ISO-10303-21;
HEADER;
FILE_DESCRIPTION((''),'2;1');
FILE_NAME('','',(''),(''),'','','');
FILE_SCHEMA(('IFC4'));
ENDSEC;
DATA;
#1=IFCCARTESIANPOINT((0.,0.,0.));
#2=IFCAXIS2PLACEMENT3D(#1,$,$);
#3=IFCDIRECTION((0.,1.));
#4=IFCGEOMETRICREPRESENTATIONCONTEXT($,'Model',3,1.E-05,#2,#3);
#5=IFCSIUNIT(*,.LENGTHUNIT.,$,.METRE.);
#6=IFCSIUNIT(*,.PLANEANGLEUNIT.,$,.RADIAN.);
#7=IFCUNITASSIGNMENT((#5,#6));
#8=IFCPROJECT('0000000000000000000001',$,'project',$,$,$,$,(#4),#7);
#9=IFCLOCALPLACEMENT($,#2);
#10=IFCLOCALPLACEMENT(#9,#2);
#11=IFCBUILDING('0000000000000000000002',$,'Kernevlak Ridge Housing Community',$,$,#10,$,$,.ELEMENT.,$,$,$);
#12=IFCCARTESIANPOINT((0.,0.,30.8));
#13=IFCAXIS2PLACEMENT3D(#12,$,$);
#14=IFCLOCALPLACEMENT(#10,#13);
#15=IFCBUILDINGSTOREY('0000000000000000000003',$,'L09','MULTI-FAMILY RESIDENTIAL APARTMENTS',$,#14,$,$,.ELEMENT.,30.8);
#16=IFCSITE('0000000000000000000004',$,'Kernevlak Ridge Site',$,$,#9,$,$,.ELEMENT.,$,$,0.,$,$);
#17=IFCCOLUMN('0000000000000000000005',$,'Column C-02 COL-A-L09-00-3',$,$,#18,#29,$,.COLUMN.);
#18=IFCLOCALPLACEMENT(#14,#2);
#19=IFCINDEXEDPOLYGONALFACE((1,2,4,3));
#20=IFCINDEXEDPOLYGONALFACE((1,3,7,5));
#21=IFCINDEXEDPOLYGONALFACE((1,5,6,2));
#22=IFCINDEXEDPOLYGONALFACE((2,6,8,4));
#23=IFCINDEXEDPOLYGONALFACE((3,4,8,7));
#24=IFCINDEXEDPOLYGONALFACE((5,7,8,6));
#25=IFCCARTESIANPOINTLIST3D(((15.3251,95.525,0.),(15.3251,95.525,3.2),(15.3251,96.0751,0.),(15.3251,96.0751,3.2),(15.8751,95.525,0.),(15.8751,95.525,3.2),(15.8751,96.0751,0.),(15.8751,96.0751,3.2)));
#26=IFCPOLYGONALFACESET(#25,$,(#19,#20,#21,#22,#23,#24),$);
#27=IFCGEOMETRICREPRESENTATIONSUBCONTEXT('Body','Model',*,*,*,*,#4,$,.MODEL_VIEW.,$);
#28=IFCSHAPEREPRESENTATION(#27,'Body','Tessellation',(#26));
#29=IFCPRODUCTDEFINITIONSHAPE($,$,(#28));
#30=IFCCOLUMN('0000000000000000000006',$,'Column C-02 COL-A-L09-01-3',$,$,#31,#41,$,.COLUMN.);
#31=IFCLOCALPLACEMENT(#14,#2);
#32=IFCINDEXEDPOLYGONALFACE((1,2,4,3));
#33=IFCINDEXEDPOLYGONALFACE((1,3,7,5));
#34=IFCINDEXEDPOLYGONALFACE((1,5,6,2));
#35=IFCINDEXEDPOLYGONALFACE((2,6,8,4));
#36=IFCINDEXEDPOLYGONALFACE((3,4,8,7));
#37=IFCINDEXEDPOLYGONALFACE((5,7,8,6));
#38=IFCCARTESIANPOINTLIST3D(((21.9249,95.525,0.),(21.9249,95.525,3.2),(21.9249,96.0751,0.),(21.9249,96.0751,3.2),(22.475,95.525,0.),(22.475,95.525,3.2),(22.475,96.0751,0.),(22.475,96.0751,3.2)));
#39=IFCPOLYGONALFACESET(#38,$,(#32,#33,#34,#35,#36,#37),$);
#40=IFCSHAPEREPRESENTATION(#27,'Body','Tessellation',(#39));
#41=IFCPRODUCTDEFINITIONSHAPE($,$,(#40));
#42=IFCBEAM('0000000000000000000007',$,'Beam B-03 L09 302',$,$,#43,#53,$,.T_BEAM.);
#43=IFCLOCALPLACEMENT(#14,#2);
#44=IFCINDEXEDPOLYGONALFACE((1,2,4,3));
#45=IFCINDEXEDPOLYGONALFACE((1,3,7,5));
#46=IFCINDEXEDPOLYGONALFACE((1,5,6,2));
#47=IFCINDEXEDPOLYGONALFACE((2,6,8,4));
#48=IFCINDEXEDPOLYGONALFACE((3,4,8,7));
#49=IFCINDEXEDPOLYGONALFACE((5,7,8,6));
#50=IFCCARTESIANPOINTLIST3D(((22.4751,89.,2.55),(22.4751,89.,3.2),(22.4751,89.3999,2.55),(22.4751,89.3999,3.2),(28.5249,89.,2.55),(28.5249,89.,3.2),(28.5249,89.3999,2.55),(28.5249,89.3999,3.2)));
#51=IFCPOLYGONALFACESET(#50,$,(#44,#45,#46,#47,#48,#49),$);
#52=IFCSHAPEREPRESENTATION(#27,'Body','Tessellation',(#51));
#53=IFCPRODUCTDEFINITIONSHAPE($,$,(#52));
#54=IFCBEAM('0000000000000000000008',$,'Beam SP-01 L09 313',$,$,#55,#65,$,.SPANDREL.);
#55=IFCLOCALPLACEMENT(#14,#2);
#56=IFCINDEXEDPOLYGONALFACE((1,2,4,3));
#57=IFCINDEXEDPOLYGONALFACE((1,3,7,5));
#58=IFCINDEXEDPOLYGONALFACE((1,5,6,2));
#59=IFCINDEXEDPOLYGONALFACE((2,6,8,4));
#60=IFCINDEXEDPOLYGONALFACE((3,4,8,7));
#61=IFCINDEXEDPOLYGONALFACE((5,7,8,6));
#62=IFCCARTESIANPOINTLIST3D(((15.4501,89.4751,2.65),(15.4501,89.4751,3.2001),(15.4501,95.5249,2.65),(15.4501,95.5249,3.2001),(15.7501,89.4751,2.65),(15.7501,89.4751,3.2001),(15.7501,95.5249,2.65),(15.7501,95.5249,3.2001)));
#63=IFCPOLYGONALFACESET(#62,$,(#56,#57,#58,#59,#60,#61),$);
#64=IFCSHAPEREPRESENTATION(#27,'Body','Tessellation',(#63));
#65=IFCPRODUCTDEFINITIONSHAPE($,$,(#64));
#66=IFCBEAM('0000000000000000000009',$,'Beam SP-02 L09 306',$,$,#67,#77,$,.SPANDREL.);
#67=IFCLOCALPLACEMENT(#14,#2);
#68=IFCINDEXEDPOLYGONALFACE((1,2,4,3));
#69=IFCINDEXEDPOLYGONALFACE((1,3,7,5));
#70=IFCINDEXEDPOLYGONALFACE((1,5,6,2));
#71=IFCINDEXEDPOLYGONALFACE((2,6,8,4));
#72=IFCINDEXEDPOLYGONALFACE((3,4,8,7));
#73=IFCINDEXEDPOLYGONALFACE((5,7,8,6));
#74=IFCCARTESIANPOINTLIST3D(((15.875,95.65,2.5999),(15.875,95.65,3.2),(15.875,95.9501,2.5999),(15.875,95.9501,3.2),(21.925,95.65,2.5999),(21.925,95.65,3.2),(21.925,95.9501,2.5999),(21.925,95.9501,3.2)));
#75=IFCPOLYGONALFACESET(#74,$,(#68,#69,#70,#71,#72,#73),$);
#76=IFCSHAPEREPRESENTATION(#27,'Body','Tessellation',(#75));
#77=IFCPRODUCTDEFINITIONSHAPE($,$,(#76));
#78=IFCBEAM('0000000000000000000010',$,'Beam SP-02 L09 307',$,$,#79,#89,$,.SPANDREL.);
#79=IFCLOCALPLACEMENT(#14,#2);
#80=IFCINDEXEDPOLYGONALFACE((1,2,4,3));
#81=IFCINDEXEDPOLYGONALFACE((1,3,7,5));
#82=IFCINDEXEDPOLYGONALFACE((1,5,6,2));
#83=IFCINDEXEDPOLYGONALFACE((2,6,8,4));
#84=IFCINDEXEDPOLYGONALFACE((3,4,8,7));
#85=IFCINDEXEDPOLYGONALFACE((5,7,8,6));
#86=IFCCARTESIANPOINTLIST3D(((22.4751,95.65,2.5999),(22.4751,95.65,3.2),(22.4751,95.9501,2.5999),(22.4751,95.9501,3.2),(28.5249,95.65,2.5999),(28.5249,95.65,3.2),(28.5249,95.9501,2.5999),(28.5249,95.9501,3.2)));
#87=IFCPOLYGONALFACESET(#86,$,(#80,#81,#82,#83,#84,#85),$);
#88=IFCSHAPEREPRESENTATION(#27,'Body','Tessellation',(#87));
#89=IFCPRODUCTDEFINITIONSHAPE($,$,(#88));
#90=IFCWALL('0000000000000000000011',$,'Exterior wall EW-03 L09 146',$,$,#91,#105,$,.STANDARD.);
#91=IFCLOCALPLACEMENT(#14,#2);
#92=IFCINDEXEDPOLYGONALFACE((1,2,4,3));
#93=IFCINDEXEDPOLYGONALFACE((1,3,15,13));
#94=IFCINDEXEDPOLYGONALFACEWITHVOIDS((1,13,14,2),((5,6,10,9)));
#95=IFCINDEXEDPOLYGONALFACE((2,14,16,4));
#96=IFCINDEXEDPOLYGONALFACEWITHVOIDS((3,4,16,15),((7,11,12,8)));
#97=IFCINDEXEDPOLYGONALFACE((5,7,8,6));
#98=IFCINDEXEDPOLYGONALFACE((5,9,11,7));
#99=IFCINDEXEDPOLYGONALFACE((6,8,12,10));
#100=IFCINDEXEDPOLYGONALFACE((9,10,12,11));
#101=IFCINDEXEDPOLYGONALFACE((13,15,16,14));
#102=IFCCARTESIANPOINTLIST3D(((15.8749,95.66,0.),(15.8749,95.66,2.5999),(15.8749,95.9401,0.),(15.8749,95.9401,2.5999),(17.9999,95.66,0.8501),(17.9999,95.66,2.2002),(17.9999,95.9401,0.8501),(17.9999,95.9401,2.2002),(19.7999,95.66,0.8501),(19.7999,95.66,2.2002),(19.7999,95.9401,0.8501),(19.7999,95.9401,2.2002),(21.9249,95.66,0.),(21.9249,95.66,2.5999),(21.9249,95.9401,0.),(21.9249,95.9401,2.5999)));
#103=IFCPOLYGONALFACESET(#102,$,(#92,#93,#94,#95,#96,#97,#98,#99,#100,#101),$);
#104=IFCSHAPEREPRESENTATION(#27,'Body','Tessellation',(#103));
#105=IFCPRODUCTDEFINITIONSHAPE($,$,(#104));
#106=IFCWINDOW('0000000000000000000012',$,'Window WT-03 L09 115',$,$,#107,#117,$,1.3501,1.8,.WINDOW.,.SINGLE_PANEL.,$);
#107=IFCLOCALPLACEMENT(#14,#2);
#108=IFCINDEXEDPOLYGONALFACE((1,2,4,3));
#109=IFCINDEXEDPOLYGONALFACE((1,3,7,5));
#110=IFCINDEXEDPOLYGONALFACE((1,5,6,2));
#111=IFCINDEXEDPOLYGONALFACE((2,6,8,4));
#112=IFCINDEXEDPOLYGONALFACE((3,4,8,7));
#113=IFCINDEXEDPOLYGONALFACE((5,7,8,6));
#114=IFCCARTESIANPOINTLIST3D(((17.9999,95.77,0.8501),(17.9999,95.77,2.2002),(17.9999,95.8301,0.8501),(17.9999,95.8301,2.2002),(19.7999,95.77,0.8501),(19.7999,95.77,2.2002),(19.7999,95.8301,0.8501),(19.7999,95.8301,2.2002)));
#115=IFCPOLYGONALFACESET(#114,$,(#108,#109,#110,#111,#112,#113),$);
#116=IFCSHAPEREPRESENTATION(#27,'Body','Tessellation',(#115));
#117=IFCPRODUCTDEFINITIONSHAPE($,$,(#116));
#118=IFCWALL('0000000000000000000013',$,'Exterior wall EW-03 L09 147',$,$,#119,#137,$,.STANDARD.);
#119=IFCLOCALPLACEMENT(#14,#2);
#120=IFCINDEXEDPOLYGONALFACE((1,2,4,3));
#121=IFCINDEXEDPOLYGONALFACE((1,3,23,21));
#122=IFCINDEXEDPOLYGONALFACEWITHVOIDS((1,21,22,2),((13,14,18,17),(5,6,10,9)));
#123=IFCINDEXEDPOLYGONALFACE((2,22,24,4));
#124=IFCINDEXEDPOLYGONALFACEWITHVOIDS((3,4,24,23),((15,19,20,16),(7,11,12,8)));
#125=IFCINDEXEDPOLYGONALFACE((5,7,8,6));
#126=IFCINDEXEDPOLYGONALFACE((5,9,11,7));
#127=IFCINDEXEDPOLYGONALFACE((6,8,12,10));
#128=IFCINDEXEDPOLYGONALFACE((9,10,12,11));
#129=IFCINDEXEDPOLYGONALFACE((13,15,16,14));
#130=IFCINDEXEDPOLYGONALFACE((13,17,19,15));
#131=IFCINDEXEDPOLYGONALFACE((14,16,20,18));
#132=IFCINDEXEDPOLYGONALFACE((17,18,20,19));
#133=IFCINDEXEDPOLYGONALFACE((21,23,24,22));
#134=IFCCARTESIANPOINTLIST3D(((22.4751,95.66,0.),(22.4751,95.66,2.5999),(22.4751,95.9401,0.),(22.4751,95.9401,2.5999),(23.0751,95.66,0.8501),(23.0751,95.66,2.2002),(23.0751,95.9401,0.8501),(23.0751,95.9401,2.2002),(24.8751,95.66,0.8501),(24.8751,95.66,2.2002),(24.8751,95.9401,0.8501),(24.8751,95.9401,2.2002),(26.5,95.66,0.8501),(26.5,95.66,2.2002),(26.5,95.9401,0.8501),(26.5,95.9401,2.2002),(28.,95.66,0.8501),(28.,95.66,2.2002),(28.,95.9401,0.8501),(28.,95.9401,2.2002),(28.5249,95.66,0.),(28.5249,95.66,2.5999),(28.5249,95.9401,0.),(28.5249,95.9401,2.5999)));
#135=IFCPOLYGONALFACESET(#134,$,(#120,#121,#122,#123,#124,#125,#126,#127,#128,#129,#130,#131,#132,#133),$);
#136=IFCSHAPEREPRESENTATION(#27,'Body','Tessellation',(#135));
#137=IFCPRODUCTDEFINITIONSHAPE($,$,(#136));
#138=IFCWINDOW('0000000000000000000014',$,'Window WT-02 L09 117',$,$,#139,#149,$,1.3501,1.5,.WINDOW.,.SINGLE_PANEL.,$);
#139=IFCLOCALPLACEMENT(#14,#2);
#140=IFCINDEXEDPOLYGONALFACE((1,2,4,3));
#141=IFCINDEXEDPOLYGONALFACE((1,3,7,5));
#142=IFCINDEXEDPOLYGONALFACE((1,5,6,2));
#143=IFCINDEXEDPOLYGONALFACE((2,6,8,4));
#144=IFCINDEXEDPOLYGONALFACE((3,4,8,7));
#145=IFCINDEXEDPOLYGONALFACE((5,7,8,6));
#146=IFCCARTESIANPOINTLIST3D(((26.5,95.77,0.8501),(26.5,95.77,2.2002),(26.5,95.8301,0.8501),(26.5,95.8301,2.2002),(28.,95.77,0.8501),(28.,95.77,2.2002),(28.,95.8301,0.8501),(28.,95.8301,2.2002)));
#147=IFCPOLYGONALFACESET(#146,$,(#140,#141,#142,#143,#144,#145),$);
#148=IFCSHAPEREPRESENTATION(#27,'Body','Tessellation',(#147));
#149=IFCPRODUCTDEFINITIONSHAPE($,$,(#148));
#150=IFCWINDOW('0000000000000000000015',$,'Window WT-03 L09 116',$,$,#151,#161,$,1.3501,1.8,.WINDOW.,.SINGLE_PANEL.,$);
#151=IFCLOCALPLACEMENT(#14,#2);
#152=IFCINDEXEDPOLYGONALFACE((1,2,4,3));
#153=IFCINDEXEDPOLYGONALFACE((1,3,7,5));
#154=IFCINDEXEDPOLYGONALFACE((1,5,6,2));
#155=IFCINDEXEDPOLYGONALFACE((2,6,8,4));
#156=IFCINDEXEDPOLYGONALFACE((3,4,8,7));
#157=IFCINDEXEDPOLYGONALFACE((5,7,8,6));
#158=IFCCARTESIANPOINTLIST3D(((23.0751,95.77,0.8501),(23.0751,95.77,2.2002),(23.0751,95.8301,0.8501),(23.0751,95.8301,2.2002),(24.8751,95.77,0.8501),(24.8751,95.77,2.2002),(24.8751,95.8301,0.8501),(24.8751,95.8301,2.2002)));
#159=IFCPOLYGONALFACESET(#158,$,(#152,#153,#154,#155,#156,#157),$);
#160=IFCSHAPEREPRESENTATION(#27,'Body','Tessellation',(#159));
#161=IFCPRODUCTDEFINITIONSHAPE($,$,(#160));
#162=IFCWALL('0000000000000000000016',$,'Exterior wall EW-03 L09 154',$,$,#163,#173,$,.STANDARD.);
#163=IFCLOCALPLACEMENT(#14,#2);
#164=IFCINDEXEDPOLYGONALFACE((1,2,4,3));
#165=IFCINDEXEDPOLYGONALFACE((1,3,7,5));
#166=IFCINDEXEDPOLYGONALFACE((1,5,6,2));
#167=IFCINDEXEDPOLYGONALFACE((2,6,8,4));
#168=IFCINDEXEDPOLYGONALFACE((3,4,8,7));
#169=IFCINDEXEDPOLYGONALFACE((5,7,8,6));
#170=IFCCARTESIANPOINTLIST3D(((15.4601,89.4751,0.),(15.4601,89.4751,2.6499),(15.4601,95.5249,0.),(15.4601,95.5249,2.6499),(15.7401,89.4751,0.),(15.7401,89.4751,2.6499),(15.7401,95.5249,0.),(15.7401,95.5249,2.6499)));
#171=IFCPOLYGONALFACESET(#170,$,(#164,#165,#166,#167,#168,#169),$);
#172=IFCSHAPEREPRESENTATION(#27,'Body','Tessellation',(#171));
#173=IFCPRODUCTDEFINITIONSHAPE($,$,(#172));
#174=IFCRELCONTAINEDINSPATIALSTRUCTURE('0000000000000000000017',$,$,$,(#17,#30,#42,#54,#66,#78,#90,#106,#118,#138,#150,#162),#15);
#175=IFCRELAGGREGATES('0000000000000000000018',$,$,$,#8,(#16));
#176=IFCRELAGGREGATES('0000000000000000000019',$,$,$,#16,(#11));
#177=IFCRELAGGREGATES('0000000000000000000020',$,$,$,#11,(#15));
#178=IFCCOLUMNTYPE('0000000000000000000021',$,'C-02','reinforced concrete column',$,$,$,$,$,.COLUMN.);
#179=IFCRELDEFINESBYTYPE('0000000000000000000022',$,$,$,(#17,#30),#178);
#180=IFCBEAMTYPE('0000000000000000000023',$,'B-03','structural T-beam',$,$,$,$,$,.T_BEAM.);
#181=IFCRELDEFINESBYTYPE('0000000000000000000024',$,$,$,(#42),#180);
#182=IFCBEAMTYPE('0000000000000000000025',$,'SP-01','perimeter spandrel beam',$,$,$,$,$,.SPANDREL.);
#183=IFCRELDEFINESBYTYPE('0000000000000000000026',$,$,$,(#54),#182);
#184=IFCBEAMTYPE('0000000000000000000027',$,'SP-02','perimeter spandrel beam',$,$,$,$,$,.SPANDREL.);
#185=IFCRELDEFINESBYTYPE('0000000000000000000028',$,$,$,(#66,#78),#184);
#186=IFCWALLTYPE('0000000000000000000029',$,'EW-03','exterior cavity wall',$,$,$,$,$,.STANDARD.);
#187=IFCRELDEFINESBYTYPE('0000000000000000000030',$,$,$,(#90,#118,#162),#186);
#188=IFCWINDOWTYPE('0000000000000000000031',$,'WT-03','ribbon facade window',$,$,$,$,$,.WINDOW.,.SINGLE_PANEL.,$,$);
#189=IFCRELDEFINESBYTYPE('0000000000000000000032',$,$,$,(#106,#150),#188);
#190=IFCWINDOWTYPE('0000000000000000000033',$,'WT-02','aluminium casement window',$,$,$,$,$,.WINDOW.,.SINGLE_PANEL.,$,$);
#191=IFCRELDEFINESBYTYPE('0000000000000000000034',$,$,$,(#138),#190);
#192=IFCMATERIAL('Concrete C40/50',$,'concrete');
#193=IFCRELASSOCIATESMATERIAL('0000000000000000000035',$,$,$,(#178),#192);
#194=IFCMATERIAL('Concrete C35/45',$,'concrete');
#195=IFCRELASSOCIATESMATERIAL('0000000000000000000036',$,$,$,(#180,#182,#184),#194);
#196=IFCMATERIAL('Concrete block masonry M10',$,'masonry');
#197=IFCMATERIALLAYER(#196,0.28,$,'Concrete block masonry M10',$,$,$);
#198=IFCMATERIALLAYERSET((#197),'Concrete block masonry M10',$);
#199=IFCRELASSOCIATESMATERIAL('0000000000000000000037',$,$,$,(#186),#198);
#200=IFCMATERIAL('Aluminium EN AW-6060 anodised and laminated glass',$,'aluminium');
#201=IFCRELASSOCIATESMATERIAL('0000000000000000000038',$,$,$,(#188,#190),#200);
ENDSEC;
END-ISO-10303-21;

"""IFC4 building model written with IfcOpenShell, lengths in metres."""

from ifc_helpers import new_model, si_unit, direction, frame, frame_2d, origin, origin_2d, place, context, subcontext, project, spatial, rectangle, extrude, material, layer, layer_set, material_profile, profile_set, type_object, element, fill, save


model = new_model("IFC4")

# Units and contexts
model_context = context("Model", 3, precision=1e-05, world=origin(), true_north=direction((0.0, 1.0)))
body_context = subcontext(model_context, "Body", "Model", "MODEL_VIEW")
ifc_project = project(units=[si_unit("LENGTHUNIT", "METRE"), si_unit("PLANEANGLEUNIT", "RADIAN")], contexts=[model_context])

# Site, building, storey
site_placement = place(None, origin())
site = spatial("IfcSite", under=ifc_project, at=site_placement, Name="Kernevlak Ridge Site", CompositionType="ELEMENT", RefElevation=0.0)
building_placement = place(site_placement, origin())
building = spatial("IfcBuilding", under=site, at=building_placement, Name="Kernevlak Ridge Housing Community", CompositionType="ELEMENT")
storey_placement = place(building_placement, frame((0.0, 0.0, 30.8)))
storey = spatial("IfcBuildingStorey", under=building, at=storey_placement, Name="L09", Description="MULTI-FAMILY RESIDENTIAL APARTMENTS", CompositionType="ELEMENT", Elevation=30.8)

# Columns
ifc_material_1 = material(Name="Concrete C40/50", Category="concrete")
ifc_material_profile_1 = material_profile(ifc_material_1, rectangle(XDim=0.55, YDim=0.55, at=origin_2d()), Name="RC 550x550")
ifc_profile_set_1 = profile_set([ifc_material_profile_1], Name="Concrete C40/50")
column_type = type_object("IfcColumnType", Name="C-02", Description="reinforced concrete column", PredefinedType="COLUMN", material=ifc_profile_set_1)
for number, where, z_axis, x_axis, name in (
    (1, (15.6001, 95.8, 0.0), (0.0, 0.0, 1.0), (1.0, 0.0, 0.0), "Column C-02 COL-A-L09-00-3"),
    (2, (22.2, 95.8, 0.0), (0.0, 0.0, 1.0), (1.0, 0.0, 0.0), "Column C-02 COL-A-L09-01-3"),
):
    element("IfcColumn", number, at=place(storey_placement, frame(where, z_axis=z_axis, x_axis=x_axis)), inside=storey, type_object=column_type, Name=name, PredefinedType="COLUMN", context=body_context, shape_type="SweptSolid", body=[
        extrude(rectangle(XDim=0.55, YDim=0.55, at=origin_2d()), origin(), (0.0, 0.0, 1.0), 3.2),
    ])

# Beams
ifc_material_2 = material(Name="Concrete C35/45", Category="concrete")
ifc_material_profile_2 = material_profile(ifc_material_2, rectangle(XDim=0.3999, YDim=0.6499, at=origin_2d()), Name="RC 400x650")
ifc_profile_set_2 = profile_set([ifc_material_profile_2], Name="Concrete C35/45")
beam_type_1 = type_object("IfcBeamType", Name="B-03", Description="structural T-beam", PredefinedType="T_BEAM", material=ifc_profile_set_2)
beam_1_placement = place(storey_placement, frame((22.4751, 89.2, 2.875), z_axis=(1.0, 0.0, 0.0), x_axis=(0.0, 1.0, 0.0)))
element("IfcBeam", 3, at=beam_1_placement, inside=storey, type_object=beam_type_1, Name="Beam B-03 L09 302", PredefinedType="T_BEAM", context=body_context, shape_type="SweptSolid", body=[
    extrude(rectangle(XDim=0.3999, YDim=0.6499, at=origin_2d()), origin(), (0.0, 0.0, 1.0), 6.0498),
])
ifc_material_profile_3 = material_profile(ifc_material_2, rectangle(XDim=0.3, YDim=0.55, at=origin_2d()), Name="RC 300x550")
ifc_profile_set_3 = profile_set([ifc_material_profile_3], Name="Concrete C35/45")
beam_type_2 = type_object("IfcBeamType", Name="SP-01", Description="perimeter spandrel beam", PredefinedType="SPANDREL", material=ifc_profile_set_3)
beam_2_placement = place(storey_placement, frame((15.6001, 89.4751, 2.925), z_axis=(0.0, 1.0, 0.0), x_axis=(-1.0, 0.0, 0.0)))
element("IfcBeam", 4, at=beam_2_placement, inside=storey, type_object=beam_type_2, Name="Beam SP-01 L09 313", PredefinedType="SPANDREL", context=body_context, shape_type="SweptSolid", body=[
    extrude(rectangle(XDim=0.3, YDim=0.55, at=origin_2d()), origin(), (0.0, 0.0, 1.0), 6.0498),
])
ifc_material_profile_4 = material_profile(ifc_material_2, rectangle(XDim=0.3, YDim=0.6001, at=origin_2d()), Name="RC 300x600")
ifc_profile_set_4 = profile_set([ifc_material_profile_4], Name="Concrete C35/45")
beam_type_3 = type_object("IfcBeamType", Name="SP-02", Description="perimeter spandrel beam", PredefinedType="SPANDREL", material=ifc_profile_set_4)
beam_3_placement = place(storey_placement, frame((15.875, 95.8, 2.8999), z_axis=(1.0, 0.0, 0.0), x_axis=(0.0, 1.0, 0.0)))
element("IfcBeam", 5, at=beam_3_placement, inside=storey, type_object=beam_type_3, Name="Beam SP-02 L09 306", PredefinedType="SPANDREL", context=body_context, shape_type="SweptSolid", body=[
    extrude(rectangle(XDim=0.3, YDim=0.6001, at=origin_2d()), origin(), (0.0, 0.0, 1.0), 6.05),
])
beam_4_placement = place(storey_placement, frame((22.4751, 95.8, 2.8999), z_axis=(1.0, 0.0, 0.0), x_axis=(0.0, 1.0, 0.0)))
element("IfcBeam", 6, at=beam_4_placement, inside=storey, type_object=beam_type_3, Name="Beam SP-02 L09 307", PredefinedType="SPANDREL", context=body_context, shape_type="SweptSolid", body=[
    extrude(rectangle(XDim=0.3, YDim=0.6001, at=origin_2d()), origin(), (0.0, 0.0, 1.0), 6.0498),
])

# Wall, opening, window
ifc_material_3 = material(Name="Concrete block masonry M10", Category="masonry")
ifc_layer_1 = layer(ifc_material_3, 0.28, Name="Concrete block masonry M10")
ifc_layer_set_1 = layer_set([ifc_layer_1], Name="Concrete block masonry M10")
wall_type_1 = type_object("IfcWallType", Name="EW-03", Description="exterior cavity wall", PredefinedType="STANDARD", material=ifc_layer_set_1)
wall_1_placement = place(storey_placement, frame((15.875, 95.8, 0.0), z_axis=(0.0, 0.0, 1.0), x_axis=(1.0, 0.0, 0.0)))
wall_1 = element("IfcWall", 7, at=wall_1_placement, inside=storey, type_object=wall_type_1, Name="Exterior wall EW-03 L09 146", PredefinedType="STANDARD", context=body_context, shape_type="SweptSolid", body=[
    extrude(rectangle(XDim=6.05, YDim=0.28, at=frame_2d((3.0249, 0.0))), origin(), (0.0, 0.0, 1.0), 2.5999),
])
opening_1_placement = place(wall_1_placement, frame((2.125, 0.0, 0.8501)))
opening_1 = element("IfcOpeningElement", 8, at=opening_1_placement, cuts=wall_1, PredefinedType="OPENING", context=body_context, shape_type="SweptSolid", body=[
    extrude(rectangle(XDim=1.8, YDim=1.3501, at=frame_2d((0.8999, 0.675))), frame((0.0, 0.1499, 0.0), z_axis=(0.0, -1.0, 0.0), x_axis=(1.0, 0.0, 0.0)), (0.0, 0.0, 1.0), 0.3),
])
ifc_material_4 = material(Name="Aluminium EN AW-6060 anodised and laminated glass", Category="aluminium")
window_type_1 = type_object("IfcWindowType", Name="WT-03", Description="ribbon facade window", PartitioningType="SINGLE_PANEL", PredefinedType="WINDOW", material=ifc_material_4)
window_1_placement = place(opening_1_placement, origin())
window_1 = element("IfcWindow", 9, at=window_1_placement, inside=storey, type_object=window_type_1, Name="Window WT-03 L09 115", OverallHeight=1.3501, OverallWidth=1.8, PartitioningType="SINGLE_PANEL", PredefinedType="WINDOW", context=body_context, shape_type="SweptSolid", body=[
    extrude(rectangle(XDim=1.8, YDim=1.3501, at=frame_2d((0.8999, 0.675))), frame((0.0, 0.03, 0.0), z_axis=(0.0, -1.0, 0.0), x_axis=(1.0, 0.0, 0.0)), (0.0, 0.0, 1.0), 0.0601),
])
fill(opening_1, window_1)

# Wall, openings, windows
wall_2_placement = place(storey_placement, frame((22.4751, 95.8, 0.0), z_axis=(0.0, 0.0, 1.0), x_axis=(1.0, 0.0, 0.0)))
wall_2 = element("IfcWall", 10, at=wall_2_placement, inside=storey, type_object=wall_type_1, Name="Exterior wall EW-03 L09 147", PredefinedType="STANDARD", context=body_context, shape_type="SweptSolid", body=[
    extrude(rectangle(XDim=6.0498, YDim=0.28, at=frame_2d((3.0249, 0.0))), origin(), (0.0, 0.0, 1.0), 2.5999),
])
opening_2_placement = place(wall_2_placement, frame((0.6001, 0.0, 0.8501)))
opening_2 = element("IfcOpeningElement", 11, at=opening_2_placement, cuts=wall_2, PredefinedType="OPENING", context=body_context, shape_type="SweptSolid", body=[
    extrude(rectangle(XDim=1.8, YDim=1.3501, at=frame_2d((0.8999, 0.675))), frame((0.0, 0.1499, 0.0), z_axis=(0.0, -1.0, 0.0), x_axis=(1.0, 0.0, 0.0)), (0.0, 0.0, 1.0), 0.3),
])
opening_3_placement = place(wall_2_placement, frame((4.0249, 0.0, 0.8501)))
opening_3 = element("IfcOpeningElement", 12, at=opening_3_placement, cuts=wall_2, PredefinedType="OPENING", context=body_context, shape_type="SweptSolid", body=[
    extrude(rectangle(XDim=1.5, YDim=1.3501, at=frame_2d((0.75, 0.675))), frame((0.0, 0.1499, 0.0), z_axis=(0.0, -1.0, 0.0), x_axis=(1.0, 0.0, 0.0)), (0.0, 0.0, 1.0), 0.3),
])
window_type_2 = type_object("IfcWindowType", Name="WT-02", Description="aluminium casement window", PartitioningType="SINGLE_PANEL", PredefinedType="WINDOW", material=ifc_material_4)
window_2_placement = place(opening_3_placement, origin())
window_2 = element("IfcWindow", 13, at=window_2_placement, inside=storey, type_object=window_type_2, Name="Window WT-02 L09 117", OverallHeight=1.3501, OverallWidth=1.5, PartitioningType="SINGLE_PANEL", PredefinedType="WINDOW", context=body_context, shape_type="SweptSolid", body=[
    extrude(rectangle(XDim=1.5, YDim=1.3501, at=frame_2d((0.75, 0.675))), frame((0.0, 0.03, 0.0), z_axis=(0.0, -1.0, 0.0), x_axis=(1.0, 0.0, 0.0)), (0.0, 0.0, 1.0), 0.0601),
])
fill(opening_3, window_2)
window_3_placement = place(opening_2_placement, origin())
window_3 = element("IfcWindow", 14, at=window_3_placement, inside=storey, type_object=window_type_1, Name="Window WT-03 L09 116", OverallHeight=1.3501, OverallWidth=1.8, PartitioningType="SINGLE_PANEL", PredefinedType="WINDOW", context=body_context, shape_type="SweptSolid", body=[
    extrude(rectangle(XDim=1.8, YDim=1.3501, at=frame_2d((0.8999, 0.675))), frame((0.0, 0.03, 0.0), z_axis=(0.0, -1.0, 0.0), x_axis=(1.0, 0.0, 0.0)), (0.0, 0.0, 1.0), 0.0601),
])
fill(opening_2, window_3)

# Wall
wall_3_placement = place(storey_placement, frame((15.6001, 89.4751, 0.0), z_axis=(0.0, 0.0, 1.0), x_axis=(0.0, 1.0, 0.0)))
element("IfcWall", 15, at=wall_3_placement, inside=storey, type_object=wall_type_1, Name="Exterior wall EW-03 L09 154", PredefinedType="STANDARD", context=body_context, shape_type="SweptSolid", body=[
    extrude(rectangle(XDim=6.0498, YDim=0.28, at=frame_2d((3.0249, 0.0))), origin(), (0.0, 0.0, 1.0), 2.6499),
])

save(model, "model.ifc")
